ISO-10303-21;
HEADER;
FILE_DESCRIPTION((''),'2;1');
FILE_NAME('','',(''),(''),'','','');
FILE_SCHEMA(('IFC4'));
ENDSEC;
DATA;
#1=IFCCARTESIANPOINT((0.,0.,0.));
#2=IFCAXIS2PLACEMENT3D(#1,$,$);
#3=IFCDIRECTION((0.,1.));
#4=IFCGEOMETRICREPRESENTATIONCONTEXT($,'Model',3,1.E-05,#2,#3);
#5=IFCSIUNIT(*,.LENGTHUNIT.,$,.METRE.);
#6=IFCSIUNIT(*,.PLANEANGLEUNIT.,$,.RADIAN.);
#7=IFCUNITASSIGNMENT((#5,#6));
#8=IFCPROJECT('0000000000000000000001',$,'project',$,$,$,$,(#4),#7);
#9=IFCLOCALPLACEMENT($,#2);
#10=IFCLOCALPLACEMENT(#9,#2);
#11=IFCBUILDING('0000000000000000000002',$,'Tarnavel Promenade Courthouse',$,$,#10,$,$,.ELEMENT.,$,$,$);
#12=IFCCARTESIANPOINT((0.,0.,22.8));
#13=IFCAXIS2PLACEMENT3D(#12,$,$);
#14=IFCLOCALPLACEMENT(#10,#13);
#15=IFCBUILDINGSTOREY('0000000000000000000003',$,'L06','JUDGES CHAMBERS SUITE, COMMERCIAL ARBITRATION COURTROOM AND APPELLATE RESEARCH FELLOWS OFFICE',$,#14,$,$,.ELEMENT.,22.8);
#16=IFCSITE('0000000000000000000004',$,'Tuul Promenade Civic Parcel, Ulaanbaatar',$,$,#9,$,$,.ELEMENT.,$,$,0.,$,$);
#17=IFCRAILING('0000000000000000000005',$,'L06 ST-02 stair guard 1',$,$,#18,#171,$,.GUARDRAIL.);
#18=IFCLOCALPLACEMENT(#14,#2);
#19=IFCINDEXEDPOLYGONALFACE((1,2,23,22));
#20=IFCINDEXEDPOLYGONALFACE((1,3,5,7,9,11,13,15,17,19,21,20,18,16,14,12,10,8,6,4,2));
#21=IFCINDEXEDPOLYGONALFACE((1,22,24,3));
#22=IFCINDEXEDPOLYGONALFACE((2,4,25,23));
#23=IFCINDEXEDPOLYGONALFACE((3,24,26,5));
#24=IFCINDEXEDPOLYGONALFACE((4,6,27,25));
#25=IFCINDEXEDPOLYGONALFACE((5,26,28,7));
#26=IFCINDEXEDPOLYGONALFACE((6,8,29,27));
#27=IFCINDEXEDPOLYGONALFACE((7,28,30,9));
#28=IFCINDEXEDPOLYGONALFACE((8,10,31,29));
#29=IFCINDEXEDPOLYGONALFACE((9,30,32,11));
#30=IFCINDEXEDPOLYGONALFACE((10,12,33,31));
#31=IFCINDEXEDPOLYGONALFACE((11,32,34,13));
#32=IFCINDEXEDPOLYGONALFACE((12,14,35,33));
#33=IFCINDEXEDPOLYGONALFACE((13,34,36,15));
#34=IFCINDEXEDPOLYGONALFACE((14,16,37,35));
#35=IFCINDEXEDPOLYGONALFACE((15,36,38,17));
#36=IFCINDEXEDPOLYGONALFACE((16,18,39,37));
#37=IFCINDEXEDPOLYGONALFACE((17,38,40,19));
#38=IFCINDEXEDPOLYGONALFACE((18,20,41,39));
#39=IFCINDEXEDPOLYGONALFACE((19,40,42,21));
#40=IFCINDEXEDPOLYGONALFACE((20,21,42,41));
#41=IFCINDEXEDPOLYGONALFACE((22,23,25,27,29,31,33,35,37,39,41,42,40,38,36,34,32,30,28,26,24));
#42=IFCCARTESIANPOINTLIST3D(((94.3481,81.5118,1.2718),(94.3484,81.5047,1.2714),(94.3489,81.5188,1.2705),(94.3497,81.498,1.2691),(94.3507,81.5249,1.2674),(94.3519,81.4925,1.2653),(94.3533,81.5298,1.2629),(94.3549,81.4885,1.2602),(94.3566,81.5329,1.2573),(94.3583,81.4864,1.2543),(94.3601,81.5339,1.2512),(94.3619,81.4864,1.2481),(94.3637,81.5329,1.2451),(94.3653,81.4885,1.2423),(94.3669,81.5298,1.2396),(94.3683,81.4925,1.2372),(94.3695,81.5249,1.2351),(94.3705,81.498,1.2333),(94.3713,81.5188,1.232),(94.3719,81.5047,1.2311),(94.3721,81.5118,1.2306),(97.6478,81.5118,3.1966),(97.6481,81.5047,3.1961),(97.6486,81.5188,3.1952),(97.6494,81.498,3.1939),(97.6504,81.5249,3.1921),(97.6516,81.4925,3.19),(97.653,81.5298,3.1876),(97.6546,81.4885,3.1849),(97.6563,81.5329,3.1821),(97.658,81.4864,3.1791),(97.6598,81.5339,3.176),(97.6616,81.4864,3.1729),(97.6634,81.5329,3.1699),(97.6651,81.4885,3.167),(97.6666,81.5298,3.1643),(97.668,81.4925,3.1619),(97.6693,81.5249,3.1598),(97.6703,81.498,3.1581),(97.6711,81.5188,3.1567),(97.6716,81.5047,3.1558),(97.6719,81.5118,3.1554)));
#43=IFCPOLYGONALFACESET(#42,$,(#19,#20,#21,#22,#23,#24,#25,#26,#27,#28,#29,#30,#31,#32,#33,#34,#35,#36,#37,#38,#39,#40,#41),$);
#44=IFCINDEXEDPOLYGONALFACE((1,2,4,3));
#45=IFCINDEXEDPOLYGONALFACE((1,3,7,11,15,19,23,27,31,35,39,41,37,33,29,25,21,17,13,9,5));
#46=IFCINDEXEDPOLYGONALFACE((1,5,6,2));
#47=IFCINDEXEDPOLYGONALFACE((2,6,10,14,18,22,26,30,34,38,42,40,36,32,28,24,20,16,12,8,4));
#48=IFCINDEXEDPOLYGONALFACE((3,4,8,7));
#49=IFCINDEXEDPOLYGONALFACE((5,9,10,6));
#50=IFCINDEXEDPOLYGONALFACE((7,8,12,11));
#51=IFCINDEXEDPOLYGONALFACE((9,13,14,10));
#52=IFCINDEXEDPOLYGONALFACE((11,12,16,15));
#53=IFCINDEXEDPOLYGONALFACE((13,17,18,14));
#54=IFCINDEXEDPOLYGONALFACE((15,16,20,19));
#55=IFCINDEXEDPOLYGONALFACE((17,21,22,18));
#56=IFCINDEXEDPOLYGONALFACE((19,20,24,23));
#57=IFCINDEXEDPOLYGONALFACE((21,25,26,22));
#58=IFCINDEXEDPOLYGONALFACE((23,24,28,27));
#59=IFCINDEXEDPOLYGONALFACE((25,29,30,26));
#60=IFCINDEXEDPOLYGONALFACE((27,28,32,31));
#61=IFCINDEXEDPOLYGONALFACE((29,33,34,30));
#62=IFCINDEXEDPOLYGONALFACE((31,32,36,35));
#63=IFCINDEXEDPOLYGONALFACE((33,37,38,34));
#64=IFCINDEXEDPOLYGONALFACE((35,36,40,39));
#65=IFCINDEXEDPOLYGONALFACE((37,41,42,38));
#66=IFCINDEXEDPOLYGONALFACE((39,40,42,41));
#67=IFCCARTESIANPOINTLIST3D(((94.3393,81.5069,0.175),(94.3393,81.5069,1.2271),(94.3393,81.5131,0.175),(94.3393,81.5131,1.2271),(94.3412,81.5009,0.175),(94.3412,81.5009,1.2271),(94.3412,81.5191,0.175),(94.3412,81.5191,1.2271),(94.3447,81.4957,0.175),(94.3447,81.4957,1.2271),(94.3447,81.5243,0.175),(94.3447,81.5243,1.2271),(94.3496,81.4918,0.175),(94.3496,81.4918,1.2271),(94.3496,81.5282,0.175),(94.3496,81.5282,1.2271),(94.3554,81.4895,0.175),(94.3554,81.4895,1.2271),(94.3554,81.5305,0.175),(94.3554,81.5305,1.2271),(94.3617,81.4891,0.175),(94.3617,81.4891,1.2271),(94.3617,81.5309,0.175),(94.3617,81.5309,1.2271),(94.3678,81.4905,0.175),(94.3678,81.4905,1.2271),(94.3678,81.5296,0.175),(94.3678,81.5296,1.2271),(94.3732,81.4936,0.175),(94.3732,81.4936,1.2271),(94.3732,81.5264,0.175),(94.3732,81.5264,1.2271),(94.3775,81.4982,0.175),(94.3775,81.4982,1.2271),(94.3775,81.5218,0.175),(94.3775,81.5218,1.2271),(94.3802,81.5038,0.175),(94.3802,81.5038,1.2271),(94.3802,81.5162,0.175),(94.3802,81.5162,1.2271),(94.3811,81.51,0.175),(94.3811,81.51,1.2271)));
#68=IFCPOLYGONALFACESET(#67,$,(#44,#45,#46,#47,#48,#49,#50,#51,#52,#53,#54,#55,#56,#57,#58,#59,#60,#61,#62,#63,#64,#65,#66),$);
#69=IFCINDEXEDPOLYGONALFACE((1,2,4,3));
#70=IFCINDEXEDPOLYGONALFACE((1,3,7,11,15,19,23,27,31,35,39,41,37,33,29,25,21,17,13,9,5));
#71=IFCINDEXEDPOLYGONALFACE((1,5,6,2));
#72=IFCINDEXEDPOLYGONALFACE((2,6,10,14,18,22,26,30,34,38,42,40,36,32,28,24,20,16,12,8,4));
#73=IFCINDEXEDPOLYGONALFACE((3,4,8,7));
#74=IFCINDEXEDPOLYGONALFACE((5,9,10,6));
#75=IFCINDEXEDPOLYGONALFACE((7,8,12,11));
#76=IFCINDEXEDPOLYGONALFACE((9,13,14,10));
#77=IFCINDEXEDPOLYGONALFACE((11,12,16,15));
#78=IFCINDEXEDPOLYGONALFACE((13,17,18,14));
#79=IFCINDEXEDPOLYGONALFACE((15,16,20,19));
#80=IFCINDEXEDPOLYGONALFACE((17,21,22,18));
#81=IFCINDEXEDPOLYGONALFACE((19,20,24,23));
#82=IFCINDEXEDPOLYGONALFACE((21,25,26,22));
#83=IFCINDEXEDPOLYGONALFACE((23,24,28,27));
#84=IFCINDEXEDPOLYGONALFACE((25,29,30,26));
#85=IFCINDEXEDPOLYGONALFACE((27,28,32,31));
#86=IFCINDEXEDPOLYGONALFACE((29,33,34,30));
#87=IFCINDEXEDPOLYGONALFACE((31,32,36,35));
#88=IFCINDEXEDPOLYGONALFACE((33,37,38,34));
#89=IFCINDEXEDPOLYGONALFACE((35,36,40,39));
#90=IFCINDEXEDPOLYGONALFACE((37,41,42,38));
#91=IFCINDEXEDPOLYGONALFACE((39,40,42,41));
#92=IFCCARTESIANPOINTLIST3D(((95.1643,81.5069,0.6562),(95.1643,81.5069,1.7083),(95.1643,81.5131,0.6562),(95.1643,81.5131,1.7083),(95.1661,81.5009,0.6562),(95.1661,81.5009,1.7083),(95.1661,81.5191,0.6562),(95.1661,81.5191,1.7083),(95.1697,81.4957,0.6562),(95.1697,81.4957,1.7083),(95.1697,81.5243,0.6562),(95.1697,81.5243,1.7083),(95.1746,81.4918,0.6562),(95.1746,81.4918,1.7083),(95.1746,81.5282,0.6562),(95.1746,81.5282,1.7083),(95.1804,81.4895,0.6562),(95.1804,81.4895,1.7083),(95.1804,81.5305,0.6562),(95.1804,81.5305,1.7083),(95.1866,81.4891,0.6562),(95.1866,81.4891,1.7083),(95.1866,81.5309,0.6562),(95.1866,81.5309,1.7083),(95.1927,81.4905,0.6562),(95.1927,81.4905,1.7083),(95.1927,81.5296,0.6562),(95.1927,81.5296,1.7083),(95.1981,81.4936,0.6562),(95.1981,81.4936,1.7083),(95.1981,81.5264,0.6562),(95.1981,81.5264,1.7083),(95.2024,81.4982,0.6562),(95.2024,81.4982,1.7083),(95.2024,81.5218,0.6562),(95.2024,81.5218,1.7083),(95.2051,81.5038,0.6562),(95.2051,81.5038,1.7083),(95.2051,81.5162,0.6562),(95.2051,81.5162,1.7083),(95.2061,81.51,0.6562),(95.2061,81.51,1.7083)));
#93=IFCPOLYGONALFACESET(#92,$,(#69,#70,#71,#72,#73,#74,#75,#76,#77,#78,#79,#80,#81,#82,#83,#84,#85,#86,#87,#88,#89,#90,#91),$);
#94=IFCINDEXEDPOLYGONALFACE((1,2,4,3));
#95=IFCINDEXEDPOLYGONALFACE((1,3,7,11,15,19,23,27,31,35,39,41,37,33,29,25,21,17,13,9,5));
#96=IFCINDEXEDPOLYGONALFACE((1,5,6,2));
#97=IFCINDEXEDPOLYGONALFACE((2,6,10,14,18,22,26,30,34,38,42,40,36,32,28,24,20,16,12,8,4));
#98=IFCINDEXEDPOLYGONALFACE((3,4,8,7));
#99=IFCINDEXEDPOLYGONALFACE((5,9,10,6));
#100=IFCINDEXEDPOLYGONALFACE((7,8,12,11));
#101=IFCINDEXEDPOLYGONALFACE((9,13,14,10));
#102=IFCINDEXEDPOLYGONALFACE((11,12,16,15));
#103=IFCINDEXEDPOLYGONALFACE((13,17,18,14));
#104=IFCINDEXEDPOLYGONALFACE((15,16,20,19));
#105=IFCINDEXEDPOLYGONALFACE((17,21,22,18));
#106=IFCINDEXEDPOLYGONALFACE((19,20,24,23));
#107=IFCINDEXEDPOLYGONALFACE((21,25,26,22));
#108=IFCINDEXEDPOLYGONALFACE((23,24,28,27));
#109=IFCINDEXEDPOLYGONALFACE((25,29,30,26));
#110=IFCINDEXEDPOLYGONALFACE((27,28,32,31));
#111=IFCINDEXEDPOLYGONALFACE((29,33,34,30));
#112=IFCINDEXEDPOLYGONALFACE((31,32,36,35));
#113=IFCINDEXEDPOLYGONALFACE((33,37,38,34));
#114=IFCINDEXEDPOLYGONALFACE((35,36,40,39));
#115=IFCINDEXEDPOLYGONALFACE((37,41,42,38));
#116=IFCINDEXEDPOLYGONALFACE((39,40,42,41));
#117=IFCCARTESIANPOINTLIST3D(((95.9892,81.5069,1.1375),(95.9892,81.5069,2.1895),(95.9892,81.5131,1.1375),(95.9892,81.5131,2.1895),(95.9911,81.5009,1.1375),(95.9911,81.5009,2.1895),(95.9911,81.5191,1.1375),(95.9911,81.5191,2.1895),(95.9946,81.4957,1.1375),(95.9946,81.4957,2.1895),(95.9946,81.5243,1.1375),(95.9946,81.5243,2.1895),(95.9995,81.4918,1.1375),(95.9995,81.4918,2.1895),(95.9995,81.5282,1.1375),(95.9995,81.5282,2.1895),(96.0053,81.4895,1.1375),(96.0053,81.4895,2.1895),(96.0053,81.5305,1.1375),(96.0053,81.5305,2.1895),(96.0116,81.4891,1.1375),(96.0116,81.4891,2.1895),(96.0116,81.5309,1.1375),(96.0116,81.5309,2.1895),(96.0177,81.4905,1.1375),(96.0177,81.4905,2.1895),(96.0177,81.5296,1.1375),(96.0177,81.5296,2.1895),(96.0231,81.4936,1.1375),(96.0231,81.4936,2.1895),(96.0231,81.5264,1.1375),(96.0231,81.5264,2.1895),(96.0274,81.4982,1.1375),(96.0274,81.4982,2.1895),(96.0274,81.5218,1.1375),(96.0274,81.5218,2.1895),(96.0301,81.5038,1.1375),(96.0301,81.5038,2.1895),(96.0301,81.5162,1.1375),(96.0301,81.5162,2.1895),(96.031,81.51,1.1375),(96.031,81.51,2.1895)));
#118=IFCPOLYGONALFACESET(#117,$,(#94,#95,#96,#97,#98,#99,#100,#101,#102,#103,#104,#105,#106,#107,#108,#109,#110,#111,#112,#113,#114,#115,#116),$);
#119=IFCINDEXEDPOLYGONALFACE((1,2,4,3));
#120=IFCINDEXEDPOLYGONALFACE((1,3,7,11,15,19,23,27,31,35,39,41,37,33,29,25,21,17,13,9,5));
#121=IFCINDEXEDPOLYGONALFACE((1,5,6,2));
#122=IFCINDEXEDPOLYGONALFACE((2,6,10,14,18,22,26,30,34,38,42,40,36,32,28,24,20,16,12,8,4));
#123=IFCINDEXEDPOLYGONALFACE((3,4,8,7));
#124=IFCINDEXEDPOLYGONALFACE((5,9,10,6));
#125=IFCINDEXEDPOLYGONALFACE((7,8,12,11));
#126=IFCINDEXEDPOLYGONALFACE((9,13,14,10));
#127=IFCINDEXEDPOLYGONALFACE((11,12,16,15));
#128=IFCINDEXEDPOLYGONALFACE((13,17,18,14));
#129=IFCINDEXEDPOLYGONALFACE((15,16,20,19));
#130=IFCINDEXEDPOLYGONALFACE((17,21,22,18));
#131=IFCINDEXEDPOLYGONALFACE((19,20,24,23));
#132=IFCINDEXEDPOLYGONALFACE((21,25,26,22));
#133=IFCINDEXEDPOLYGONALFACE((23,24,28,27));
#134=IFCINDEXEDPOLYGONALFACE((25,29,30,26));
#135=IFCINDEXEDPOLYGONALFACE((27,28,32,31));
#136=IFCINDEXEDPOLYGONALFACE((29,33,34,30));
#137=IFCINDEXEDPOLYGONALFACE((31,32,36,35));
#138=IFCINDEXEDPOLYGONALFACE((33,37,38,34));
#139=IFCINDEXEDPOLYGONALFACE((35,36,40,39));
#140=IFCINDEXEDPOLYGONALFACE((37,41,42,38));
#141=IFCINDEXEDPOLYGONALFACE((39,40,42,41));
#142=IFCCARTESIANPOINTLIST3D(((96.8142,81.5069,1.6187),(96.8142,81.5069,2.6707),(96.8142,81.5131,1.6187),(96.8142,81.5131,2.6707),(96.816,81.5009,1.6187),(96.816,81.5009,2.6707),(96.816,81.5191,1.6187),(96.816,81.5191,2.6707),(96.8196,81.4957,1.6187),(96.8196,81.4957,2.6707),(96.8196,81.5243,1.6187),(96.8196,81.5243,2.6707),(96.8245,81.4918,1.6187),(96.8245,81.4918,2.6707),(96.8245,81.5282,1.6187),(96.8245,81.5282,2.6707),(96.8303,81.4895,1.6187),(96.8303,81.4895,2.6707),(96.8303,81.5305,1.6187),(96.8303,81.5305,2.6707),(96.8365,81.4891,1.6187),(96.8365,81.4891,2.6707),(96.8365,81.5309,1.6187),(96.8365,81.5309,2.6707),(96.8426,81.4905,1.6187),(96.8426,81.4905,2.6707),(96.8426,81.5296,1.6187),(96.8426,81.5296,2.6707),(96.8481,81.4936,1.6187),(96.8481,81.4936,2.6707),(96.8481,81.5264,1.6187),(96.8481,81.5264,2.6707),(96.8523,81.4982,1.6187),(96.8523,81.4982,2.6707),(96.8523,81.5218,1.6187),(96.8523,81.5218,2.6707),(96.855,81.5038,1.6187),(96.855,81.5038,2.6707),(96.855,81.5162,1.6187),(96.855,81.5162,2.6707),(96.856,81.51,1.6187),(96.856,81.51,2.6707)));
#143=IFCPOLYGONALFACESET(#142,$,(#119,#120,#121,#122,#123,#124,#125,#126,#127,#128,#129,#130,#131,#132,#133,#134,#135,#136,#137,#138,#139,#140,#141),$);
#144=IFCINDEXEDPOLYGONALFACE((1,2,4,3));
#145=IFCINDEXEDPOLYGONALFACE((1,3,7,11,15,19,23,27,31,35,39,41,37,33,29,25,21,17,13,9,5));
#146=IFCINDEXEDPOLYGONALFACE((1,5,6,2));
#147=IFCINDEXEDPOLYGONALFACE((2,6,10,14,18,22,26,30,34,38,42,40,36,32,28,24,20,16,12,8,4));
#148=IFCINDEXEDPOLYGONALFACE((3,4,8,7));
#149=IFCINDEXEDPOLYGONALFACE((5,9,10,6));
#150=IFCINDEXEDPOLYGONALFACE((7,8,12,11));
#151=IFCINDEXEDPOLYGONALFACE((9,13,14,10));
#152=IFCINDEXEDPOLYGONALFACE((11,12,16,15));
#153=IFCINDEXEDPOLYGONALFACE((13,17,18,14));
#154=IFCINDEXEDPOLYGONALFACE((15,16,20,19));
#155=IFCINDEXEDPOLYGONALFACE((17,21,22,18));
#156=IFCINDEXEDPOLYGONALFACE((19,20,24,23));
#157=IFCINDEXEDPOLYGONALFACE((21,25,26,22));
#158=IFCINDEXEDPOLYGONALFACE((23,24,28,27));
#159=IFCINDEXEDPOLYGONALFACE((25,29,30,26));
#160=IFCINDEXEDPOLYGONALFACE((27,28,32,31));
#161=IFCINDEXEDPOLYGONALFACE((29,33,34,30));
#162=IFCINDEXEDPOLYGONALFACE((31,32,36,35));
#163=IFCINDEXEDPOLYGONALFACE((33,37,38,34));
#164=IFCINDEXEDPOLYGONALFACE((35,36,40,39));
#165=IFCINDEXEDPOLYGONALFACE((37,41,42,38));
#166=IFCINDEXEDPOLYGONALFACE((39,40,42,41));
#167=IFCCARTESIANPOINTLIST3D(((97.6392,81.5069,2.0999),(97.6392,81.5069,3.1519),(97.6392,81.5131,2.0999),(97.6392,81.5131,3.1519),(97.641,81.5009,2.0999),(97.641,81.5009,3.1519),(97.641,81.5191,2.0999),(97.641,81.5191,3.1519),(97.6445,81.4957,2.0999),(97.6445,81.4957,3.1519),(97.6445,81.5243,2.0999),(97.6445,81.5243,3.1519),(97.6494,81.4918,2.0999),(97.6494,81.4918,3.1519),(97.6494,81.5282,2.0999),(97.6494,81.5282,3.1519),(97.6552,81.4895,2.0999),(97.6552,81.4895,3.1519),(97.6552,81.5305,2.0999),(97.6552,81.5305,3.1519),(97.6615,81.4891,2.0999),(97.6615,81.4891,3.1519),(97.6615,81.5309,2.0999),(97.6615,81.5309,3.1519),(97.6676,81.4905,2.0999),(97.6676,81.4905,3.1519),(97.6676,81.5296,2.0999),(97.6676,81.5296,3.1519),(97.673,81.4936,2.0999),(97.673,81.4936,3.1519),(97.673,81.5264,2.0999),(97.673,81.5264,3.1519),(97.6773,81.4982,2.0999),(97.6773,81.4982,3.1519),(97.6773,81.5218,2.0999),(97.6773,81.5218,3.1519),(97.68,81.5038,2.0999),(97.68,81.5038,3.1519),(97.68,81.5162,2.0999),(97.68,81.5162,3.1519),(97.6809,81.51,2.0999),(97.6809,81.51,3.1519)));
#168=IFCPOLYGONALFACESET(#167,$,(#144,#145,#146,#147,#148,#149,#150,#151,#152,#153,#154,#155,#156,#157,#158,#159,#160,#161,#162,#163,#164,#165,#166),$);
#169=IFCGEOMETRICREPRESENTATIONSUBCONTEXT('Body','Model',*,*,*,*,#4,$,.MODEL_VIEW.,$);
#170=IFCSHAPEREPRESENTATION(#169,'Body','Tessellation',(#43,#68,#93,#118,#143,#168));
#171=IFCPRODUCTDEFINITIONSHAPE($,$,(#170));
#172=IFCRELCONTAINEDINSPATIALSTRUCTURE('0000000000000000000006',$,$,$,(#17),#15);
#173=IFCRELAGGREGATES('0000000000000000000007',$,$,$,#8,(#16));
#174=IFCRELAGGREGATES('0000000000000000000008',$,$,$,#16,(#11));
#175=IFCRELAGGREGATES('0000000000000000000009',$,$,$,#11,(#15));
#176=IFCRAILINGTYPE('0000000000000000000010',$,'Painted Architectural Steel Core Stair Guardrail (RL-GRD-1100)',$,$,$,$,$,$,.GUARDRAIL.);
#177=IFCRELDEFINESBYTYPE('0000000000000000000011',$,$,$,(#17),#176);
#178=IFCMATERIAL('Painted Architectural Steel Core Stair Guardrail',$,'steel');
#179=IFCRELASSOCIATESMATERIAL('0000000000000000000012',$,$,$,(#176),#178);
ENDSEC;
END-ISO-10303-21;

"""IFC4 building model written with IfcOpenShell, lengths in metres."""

from ifc_helpers import new_model, si_unit, direction, frame, origin, origin_2d, place, context, subcontext, project, spatial, circle, extrude, material, type_object, element, save


model = new_model("IFC4")

# Units and contexts
model_context = context("Model", 3, precision=1e-05, world=origin(), true_north=direction((0.0, 1.0)))
body_context = subcontext(model_context, "Body", "Model", "MODEL_VIEW")
ifc_project = project(units=[si_unit("LENGTHUNIT", "METRE"), si_unit("PLANEANGLEUNIT", "RADIAN")], contexts=[model_context])

# Site, building, storey
site_placement = place(None, origin())
site = spatial("IfcSite", under=ifc_project, at=site_placement, Name="Tuul Promenade Civic Parcel, Ulaanbaatar", CompositionType="ELEMENT", RefElevation=0.0)
building_placement = place(site_placement, origin())
building = spatial("IfcBuilding", under=site, at=building_placement, Name="Tarnavel Promenade Courthouse", CompositionType="ELEMENT")
storey_placement = place(building_placement, frame((0.0, 0.0, 22.8)))
storey = spatial("IfcBuildingStorey", under=building, at=storey_placement, Name="L06", Description="JUDGES CHAMBERS SUITE, COMMERCIAL ARBITRATION COURTROOM AND APPELLATE RESEARCH FELLOWS OFFICE", CompositionType="ELEMENT", Elevation=22.8)

# Railing
ifc_material_1 = material(Name="Painted Architectural Steel Core Stair Guardrail", Category="steel")
railing_type_1 = type_object("IfcRailingType", Name="Painted Architectural Steel Core Stair Guardrail (RL-GRD-1100)", PredefinedType="GUARDRAIL", material=ifc_material_1)
railing_1_placement = place(storey_placement, frame((94.3601, 81.51, 0.175)))
element("IfcRailing", 1, at=railing_1_placement, inside=storey, type_object=railing_type_1, Name="L06 ST-02 stair guard 1", PredefinedType="GUARDRAIL", context=body_context, shape_type="SweptSolid", body=[
    extrude(circle(Radius=0.0239, at=origin_2d()), frame((0.0, 0.0, 1.0762), z_axis=(0.863788, 0.0, 0.503855), x_axis=(0.0, 1.0, 0.0)), (0.0, 0.0, 1.0), 3.8201),
    extrude(circle(Radius=0.021, at=origin_2d()), origin(), (0.0, 0.0, 1.0), 1.052),
    extrude(circle(Radius=0.021, at=origin_2d()), frame((0.825, 0.0, 0.4812)), (0.0, 0.0, 1.0), 1.052),
    extrude(circle(Radius=0.021, at=origin_2d()), frame((1.6499, 0.0, 0.9624)), (0.0, 0.0, 1.0), 1.052),
    extrude(circle(Radius=0.021, at=origin_2d()), frame((2.4749, 0.0, 1.4436)), (0.0, 0.0, 1.0), 1.052),
    extrude(circle(Radius=0.021, at=origin_2d()), frame((3.2998, 0.0, 1.9248)), (0.0, 0.0, 1.0), 1.052),
])

save(model, "model.ifc")
